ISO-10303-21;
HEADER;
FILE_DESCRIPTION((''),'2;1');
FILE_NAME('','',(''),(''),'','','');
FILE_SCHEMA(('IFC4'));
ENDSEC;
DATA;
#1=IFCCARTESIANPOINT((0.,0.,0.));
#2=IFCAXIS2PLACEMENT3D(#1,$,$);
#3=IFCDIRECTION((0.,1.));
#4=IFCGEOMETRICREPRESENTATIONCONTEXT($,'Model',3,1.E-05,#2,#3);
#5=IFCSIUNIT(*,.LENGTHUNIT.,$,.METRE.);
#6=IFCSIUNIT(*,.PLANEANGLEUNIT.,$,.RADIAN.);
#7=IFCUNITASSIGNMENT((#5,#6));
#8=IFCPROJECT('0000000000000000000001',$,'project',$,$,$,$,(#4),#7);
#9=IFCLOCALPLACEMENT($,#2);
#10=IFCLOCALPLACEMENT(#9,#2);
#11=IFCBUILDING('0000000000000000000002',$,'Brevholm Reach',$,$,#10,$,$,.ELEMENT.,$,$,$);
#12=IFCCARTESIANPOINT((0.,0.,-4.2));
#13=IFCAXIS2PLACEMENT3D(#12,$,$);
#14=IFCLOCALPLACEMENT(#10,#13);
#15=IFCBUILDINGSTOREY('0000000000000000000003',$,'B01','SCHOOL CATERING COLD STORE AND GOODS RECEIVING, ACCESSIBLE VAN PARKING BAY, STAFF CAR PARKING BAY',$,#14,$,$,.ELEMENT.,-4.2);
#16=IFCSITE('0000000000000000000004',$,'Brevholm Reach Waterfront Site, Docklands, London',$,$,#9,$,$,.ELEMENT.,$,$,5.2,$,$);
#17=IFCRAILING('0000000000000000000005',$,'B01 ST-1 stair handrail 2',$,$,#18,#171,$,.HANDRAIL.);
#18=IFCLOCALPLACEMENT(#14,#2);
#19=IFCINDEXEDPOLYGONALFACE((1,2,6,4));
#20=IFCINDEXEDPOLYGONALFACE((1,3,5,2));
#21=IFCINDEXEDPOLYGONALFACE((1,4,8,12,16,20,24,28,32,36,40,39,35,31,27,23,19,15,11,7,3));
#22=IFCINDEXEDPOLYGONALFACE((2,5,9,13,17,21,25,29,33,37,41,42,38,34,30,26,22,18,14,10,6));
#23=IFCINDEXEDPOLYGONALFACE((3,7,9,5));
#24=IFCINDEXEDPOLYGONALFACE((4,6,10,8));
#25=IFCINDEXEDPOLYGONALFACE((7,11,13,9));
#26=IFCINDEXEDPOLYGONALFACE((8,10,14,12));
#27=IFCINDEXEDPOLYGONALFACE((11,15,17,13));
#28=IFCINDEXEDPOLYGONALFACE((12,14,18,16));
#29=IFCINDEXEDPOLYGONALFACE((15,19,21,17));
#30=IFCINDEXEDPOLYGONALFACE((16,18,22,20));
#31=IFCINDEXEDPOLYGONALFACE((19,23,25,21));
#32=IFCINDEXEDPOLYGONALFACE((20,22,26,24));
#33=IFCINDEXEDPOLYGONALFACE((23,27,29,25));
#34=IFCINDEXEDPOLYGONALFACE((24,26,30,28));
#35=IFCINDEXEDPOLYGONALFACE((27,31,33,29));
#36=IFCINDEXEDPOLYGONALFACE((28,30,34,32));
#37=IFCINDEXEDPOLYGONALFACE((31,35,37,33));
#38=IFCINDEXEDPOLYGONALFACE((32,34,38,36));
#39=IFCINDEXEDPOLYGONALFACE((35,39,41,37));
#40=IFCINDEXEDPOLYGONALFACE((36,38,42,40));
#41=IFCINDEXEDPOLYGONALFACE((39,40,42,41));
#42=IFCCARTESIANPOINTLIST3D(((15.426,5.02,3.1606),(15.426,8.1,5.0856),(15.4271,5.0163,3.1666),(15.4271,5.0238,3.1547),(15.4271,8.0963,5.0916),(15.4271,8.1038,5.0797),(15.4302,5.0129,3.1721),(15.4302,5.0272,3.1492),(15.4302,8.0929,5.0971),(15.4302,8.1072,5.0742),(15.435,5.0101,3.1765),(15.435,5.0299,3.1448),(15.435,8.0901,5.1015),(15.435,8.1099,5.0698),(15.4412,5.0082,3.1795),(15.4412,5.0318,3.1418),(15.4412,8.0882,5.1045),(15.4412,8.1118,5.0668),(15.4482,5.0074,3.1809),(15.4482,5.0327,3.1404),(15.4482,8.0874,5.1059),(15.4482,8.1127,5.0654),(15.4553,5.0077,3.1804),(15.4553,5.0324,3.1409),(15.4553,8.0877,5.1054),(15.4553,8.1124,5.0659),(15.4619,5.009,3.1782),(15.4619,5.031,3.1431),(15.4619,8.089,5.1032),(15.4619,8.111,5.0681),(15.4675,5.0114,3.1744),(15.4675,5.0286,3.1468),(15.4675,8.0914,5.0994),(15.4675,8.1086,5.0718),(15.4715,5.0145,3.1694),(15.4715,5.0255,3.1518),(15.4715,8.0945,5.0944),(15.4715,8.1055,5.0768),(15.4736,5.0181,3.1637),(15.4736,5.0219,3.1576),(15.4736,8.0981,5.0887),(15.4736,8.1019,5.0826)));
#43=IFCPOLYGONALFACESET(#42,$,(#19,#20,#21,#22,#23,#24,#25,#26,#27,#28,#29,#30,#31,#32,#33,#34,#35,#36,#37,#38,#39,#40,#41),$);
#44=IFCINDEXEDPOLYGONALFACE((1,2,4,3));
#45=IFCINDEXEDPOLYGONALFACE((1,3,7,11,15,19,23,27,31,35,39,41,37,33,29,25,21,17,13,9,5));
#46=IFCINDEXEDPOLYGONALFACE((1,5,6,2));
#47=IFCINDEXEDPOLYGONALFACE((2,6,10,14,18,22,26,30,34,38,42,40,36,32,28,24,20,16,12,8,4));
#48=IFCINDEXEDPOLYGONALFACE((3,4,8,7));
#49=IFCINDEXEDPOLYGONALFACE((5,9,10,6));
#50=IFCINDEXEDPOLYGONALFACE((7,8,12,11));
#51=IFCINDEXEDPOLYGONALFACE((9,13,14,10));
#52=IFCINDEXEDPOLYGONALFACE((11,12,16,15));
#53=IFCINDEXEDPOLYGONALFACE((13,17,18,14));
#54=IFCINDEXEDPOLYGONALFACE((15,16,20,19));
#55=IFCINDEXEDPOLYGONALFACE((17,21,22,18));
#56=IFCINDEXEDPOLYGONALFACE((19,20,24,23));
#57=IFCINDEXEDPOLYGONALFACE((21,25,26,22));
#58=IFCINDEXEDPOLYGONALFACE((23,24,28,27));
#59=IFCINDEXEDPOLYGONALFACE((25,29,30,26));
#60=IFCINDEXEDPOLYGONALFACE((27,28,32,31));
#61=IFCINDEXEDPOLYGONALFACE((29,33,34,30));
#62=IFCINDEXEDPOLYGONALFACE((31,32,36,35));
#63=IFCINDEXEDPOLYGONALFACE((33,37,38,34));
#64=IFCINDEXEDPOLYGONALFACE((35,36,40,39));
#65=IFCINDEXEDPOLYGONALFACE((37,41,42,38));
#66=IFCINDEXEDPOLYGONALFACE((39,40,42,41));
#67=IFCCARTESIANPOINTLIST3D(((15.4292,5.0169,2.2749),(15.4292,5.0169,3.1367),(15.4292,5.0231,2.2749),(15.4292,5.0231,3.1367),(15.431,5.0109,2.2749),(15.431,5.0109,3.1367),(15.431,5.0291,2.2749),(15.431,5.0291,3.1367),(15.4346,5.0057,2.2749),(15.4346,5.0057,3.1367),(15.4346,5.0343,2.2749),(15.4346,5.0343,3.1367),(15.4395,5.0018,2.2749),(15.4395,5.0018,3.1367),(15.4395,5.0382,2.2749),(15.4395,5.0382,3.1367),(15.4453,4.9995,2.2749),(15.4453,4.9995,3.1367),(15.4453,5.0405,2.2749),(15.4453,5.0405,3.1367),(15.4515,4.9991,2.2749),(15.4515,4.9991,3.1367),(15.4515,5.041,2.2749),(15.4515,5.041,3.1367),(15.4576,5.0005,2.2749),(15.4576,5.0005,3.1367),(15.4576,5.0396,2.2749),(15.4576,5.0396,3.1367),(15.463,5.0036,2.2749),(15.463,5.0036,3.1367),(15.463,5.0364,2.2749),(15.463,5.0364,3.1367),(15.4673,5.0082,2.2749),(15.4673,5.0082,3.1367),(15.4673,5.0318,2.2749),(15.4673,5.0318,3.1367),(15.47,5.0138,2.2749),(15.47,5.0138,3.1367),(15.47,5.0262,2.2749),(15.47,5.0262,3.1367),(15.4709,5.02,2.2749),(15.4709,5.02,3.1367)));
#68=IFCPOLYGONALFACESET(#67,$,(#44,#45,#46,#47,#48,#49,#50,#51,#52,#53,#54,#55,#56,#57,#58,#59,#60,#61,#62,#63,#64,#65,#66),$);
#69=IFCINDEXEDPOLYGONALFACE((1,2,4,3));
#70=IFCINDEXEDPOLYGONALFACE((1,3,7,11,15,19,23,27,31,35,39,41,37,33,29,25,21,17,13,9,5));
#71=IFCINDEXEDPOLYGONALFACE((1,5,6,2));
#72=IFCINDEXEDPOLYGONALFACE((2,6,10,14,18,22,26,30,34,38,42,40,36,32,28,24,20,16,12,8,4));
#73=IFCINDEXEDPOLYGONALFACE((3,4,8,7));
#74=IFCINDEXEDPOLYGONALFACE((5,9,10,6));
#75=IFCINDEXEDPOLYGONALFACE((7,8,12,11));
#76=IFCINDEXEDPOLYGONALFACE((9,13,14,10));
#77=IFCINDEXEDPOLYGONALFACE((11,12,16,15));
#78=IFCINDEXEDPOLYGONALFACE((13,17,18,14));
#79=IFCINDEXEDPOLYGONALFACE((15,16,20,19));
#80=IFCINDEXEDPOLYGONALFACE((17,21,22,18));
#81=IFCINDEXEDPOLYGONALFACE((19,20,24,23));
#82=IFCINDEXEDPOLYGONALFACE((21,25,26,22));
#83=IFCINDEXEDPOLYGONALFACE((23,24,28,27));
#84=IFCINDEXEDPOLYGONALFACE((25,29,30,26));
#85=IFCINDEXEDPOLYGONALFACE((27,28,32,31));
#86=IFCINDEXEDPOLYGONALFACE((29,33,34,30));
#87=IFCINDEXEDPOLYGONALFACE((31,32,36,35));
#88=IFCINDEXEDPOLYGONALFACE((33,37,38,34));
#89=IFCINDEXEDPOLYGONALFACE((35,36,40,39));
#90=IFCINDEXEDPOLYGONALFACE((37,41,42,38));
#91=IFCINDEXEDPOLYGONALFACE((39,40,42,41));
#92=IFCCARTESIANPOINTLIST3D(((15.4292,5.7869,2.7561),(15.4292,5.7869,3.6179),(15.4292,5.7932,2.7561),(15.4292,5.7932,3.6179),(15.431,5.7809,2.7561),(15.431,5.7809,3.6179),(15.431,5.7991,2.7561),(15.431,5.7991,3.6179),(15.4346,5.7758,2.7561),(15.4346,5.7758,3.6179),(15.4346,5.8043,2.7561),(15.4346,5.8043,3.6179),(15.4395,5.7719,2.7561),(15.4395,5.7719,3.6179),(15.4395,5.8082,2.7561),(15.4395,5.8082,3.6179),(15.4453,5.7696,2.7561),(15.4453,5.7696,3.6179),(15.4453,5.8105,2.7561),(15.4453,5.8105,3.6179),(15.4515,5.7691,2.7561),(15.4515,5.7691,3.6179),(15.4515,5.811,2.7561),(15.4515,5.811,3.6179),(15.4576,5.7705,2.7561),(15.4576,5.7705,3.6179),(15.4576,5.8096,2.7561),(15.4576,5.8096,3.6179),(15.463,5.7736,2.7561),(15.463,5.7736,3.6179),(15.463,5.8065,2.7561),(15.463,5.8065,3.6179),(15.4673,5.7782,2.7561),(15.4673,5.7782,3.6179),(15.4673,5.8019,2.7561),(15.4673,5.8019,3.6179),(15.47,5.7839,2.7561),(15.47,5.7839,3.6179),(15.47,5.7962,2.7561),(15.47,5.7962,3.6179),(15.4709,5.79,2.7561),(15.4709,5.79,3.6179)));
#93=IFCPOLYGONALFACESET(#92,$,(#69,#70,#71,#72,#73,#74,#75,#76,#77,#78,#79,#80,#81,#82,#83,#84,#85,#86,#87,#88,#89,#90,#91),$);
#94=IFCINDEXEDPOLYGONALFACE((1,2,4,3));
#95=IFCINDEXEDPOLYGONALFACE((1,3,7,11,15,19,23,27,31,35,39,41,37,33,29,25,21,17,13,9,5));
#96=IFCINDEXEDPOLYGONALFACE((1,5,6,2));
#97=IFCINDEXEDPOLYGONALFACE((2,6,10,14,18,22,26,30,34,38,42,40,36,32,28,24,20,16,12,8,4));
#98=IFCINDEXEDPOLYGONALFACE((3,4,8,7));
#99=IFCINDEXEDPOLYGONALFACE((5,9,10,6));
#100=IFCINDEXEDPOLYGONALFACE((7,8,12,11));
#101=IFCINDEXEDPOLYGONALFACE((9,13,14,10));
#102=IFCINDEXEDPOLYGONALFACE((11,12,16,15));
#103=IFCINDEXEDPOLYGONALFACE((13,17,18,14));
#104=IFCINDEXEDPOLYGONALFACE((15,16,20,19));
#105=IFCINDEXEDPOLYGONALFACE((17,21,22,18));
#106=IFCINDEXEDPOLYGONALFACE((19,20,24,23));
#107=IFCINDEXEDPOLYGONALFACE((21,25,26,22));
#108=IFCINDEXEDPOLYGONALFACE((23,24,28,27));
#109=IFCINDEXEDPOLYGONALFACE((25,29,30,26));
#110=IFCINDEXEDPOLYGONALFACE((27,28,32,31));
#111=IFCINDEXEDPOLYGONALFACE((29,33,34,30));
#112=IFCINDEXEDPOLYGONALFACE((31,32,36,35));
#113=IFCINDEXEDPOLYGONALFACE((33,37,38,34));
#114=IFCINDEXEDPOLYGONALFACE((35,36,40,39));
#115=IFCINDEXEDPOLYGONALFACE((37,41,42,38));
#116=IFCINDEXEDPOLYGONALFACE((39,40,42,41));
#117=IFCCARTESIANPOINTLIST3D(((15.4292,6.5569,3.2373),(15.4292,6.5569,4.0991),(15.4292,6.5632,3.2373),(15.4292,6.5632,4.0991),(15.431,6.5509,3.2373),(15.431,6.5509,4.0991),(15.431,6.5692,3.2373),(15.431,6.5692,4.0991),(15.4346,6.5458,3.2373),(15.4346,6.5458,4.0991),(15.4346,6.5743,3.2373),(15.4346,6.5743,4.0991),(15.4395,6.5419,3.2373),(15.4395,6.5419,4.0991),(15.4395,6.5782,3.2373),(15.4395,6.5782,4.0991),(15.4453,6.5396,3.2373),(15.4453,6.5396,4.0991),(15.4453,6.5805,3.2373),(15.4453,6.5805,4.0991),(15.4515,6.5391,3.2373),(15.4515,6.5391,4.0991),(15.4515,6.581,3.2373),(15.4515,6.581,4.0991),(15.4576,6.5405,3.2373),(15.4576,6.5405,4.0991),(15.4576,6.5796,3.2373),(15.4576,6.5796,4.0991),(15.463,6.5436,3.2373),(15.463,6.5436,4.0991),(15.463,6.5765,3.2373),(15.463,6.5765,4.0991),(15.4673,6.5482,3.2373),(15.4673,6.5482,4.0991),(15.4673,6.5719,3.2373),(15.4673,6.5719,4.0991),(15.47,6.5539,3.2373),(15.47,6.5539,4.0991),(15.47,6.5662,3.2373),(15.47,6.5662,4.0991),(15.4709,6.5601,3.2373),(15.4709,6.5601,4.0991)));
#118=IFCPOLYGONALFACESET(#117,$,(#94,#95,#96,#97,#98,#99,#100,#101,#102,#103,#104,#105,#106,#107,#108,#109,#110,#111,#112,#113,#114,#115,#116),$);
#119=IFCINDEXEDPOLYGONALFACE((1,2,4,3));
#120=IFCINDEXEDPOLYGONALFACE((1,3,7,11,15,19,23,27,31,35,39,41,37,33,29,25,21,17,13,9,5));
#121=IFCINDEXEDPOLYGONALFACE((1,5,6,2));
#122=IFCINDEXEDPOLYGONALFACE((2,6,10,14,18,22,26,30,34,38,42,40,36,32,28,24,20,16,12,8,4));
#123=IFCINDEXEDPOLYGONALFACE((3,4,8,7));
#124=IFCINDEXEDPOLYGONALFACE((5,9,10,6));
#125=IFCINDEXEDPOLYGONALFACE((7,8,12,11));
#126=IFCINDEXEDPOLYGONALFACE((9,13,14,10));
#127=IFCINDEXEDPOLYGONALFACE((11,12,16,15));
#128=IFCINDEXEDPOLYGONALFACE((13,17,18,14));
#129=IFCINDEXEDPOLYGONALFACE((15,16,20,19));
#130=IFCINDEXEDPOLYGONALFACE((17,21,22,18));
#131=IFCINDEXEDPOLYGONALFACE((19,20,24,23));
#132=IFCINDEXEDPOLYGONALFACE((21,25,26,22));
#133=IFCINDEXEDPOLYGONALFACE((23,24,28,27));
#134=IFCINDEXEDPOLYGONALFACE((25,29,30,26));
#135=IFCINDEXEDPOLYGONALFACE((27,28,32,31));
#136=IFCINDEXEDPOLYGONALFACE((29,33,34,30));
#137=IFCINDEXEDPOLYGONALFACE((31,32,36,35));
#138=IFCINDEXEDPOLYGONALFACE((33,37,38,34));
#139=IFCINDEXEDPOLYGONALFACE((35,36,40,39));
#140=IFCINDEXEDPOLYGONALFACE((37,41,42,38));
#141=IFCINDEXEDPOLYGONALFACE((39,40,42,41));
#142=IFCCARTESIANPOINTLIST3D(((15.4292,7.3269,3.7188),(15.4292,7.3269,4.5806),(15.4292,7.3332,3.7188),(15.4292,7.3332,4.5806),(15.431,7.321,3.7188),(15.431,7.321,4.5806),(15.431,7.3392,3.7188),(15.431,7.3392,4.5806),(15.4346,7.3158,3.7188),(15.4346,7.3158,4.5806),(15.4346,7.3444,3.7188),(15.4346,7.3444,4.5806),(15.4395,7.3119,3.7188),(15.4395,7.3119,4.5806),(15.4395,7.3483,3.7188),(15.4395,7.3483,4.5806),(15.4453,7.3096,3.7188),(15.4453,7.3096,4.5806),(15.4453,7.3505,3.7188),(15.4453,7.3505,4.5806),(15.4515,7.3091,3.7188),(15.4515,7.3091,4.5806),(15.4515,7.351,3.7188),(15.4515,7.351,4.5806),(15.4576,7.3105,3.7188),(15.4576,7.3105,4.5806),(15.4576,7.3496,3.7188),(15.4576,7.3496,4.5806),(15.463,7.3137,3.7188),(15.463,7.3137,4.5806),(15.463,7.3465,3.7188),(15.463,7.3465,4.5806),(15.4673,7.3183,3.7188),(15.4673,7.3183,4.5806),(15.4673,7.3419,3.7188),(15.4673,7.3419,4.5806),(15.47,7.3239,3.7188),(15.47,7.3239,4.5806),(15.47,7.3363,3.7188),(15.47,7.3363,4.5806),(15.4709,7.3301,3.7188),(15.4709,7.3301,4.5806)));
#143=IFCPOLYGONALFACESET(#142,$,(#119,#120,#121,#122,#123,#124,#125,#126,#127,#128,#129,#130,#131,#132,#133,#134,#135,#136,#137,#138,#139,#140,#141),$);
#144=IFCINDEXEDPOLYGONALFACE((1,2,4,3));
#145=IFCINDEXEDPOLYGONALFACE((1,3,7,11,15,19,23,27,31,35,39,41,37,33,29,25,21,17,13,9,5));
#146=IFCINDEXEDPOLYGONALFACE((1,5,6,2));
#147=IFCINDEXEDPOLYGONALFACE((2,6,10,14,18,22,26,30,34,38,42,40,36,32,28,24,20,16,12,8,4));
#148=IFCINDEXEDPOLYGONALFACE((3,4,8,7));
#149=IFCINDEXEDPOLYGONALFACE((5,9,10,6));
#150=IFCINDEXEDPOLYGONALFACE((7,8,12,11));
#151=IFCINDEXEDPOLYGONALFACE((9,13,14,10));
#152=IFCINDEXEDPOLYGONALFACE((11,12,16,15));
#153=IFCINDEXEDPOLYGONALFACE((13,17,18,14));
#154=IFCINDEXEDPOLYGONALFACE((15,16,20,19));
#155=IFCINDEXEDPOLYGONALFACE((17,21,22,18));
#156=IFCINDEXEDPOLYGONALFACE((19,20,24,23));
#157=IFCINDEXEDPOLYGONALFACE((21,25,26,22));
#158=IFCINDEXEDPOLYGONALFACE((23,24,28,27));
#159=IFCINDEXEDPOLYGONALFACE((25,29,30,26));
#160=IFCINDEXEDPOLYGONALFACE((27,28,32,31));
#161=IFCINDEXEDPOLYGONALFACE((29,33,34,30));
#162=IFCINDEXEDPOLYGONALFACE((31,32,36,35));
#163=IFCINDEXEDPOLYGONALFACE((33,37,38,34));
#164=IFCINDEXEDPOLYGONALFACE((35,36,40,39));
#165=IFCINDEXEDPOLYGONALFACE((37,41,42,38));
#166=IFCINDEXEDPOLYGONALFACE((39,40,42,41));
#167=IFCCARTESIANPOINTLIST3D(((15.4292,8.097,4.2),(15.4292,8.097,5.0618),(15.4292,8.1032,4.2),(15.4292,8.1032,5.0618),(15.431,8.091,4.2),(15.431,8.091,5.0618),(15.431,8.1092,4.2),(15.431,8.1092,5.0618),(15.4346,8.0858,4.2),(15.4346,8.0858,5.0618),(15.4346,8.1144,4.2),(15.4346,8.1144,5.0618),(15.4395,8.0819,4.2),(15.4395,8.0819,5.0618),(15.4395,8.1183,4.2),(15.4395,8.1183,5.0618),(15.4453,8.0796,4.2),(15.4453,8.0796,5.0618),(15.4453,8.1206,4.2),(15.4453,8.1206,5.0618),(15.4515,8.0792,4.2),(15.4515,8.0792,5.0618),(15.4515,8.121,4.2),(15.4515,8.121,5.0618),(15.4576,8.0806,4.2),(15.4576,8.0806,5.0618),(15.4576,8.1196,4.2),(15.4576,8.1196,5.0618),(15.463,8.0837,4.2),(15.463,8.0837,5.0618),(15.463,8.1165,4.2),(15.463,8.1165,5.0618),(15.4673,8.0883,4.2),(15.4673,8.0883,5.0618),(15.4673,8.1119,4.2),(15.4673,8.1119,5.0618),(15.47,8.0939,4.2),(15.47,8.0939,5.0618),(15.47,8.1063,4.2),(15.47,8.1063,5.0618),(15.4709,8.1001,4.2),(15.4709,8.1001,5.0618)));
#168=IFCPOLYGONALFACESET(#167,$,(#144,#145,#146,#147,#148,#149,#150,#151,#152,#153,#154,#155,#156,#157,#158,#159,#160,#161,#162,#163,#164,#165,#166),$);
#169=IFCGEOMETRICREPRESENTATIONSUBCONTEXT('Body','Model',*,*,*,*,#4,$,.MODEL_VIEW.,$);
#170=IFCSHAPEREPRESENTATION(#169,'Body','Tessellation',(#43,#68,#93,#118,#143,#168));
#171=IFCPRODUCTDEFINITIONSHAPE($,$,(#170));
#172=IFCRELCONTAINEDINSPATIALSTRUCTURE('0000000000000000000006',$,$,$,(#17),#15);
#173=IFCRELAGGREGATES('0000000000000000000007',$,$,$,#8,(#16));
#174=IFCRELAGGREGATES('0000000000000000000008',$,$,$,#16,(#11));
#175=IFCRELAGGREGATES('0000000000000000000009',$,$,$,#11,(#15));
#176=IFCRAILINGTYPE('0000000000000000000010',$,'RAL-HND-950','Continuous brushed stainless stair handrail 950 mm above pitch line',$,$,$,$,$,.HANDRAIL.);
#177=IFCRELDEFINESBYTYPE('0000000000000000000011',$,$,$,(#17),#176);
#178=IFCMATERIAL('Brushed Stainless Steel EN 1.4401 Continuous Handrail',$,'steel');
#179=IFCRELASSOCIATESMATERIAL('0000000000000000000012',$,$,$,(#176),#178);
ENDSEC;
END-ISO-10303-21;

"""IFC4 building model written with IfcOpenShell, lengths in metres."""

from ifc_helpers import new_model, si_unit, direction, frame, origin, origin_2d, place, context, subcontext, project, spatial, circle, extrude, material, type_object, element, save


model = new_model("IFC4")

# Units and contexts
model_context = context("Model", 3, precision=1e-05, world=origin(), true_north=direction((0.0, 1.0)))
body_context = subcontext(model_context, "Body", "Model", "MODEL_VIEW")
ifc_project = project(units=[si_unit("LENGTHUNIT", "METRE"), si_unit("PLANEANGLEUNIT", "RADIAN")], contexts=[model_context])

# Site, building, storey
site_placement = place(None, origin())
site = spatial("IfcSite", under=ifc_project, at=site_placement, Name="Brevholm Reach Waterfront Site, Docklands, London", CompositionType="ELEMENT", RefElevation=5.2)
building_placement = place(site_placement, origin())
building = spatial("IfcBuilding", under=site, at=building_placement, Name="Brevholm Reach", CompositionType="ELEMENT")
storey_placement = place(building_placement, frame((0.0, 0.0, -4.2)))
storey = spatial("IfcBuildingStorey", under=building, at=storey_placement, Name="B01", Description="SCHOOL CATERING COLD STORE AND GOODS RECEIVING, ACCESSIBLE VAN PARKING BAY, STAFF CAR PARKING BAY", CompositionType="ELEMENT", Elevation=-4.2)

# Railing
ifc_material_1 = material(Name="Brushed Stainless Steel EN 1.4401 Continuous Handrail", Category="steel")
railing_type_1 = type_object("IfcRailingType", Name="RAL-HND-950", Description="Continuous brushed stainless stair handrail 950 mm above pitch line", PredefinedType="HANDRAIL", material=ifc_material_1)
railing_1_placement = place(storey_placement, frame((15.45, 5.02, 2.2749)))
element("IfcRailing", 1, at=railing_1_placement, inside=storey, type_object=railing_type_1, Name="B01 ST-1 stair handrail 2", PredefinedType="HANDRAIL", context=body_context, shape_type="SweptSolid", body=[
    extrude(circle(Radius=0.0239, at=origin_2d()), frame((0.0, 0.0, 0.8857), z_axis=(0.0, 0.847998, 0.529999), x_axis=(-1.0, 0.0, 0.0)), (0.0, 0.0, 1.0), 3.6321),
    extrude(circle(Radius=0.021, at=origin_2d()), origin(), (0.0, 0.0, 1.0), 0.8618),
    extrude(circle(Radius=0.021, at=origin_2d()), frame((0.0, 0.77, 0.4812)), (0.0, 0.0, 1.0), 0.8618),
    extrude(circle(Radius=0.021, at=origin_2d()), frame((0.0, 1.54, 0.9624)), (0.0, 0.0, 1.0), 0.8618),
    extrude(circle(Radius=0.021, at=origin_2d()), frame((0.0, 2.3101, 1.4438)), (0.0, 0.0, 1.0), 0.8618),
    extrude(circle(Radius=0.021, at=origin_2d()), frame((0.0, 3.0801, 1.925)), (0.0, 0.0, 1.0), 0.8618),
])

save(model, "model.ifc")
